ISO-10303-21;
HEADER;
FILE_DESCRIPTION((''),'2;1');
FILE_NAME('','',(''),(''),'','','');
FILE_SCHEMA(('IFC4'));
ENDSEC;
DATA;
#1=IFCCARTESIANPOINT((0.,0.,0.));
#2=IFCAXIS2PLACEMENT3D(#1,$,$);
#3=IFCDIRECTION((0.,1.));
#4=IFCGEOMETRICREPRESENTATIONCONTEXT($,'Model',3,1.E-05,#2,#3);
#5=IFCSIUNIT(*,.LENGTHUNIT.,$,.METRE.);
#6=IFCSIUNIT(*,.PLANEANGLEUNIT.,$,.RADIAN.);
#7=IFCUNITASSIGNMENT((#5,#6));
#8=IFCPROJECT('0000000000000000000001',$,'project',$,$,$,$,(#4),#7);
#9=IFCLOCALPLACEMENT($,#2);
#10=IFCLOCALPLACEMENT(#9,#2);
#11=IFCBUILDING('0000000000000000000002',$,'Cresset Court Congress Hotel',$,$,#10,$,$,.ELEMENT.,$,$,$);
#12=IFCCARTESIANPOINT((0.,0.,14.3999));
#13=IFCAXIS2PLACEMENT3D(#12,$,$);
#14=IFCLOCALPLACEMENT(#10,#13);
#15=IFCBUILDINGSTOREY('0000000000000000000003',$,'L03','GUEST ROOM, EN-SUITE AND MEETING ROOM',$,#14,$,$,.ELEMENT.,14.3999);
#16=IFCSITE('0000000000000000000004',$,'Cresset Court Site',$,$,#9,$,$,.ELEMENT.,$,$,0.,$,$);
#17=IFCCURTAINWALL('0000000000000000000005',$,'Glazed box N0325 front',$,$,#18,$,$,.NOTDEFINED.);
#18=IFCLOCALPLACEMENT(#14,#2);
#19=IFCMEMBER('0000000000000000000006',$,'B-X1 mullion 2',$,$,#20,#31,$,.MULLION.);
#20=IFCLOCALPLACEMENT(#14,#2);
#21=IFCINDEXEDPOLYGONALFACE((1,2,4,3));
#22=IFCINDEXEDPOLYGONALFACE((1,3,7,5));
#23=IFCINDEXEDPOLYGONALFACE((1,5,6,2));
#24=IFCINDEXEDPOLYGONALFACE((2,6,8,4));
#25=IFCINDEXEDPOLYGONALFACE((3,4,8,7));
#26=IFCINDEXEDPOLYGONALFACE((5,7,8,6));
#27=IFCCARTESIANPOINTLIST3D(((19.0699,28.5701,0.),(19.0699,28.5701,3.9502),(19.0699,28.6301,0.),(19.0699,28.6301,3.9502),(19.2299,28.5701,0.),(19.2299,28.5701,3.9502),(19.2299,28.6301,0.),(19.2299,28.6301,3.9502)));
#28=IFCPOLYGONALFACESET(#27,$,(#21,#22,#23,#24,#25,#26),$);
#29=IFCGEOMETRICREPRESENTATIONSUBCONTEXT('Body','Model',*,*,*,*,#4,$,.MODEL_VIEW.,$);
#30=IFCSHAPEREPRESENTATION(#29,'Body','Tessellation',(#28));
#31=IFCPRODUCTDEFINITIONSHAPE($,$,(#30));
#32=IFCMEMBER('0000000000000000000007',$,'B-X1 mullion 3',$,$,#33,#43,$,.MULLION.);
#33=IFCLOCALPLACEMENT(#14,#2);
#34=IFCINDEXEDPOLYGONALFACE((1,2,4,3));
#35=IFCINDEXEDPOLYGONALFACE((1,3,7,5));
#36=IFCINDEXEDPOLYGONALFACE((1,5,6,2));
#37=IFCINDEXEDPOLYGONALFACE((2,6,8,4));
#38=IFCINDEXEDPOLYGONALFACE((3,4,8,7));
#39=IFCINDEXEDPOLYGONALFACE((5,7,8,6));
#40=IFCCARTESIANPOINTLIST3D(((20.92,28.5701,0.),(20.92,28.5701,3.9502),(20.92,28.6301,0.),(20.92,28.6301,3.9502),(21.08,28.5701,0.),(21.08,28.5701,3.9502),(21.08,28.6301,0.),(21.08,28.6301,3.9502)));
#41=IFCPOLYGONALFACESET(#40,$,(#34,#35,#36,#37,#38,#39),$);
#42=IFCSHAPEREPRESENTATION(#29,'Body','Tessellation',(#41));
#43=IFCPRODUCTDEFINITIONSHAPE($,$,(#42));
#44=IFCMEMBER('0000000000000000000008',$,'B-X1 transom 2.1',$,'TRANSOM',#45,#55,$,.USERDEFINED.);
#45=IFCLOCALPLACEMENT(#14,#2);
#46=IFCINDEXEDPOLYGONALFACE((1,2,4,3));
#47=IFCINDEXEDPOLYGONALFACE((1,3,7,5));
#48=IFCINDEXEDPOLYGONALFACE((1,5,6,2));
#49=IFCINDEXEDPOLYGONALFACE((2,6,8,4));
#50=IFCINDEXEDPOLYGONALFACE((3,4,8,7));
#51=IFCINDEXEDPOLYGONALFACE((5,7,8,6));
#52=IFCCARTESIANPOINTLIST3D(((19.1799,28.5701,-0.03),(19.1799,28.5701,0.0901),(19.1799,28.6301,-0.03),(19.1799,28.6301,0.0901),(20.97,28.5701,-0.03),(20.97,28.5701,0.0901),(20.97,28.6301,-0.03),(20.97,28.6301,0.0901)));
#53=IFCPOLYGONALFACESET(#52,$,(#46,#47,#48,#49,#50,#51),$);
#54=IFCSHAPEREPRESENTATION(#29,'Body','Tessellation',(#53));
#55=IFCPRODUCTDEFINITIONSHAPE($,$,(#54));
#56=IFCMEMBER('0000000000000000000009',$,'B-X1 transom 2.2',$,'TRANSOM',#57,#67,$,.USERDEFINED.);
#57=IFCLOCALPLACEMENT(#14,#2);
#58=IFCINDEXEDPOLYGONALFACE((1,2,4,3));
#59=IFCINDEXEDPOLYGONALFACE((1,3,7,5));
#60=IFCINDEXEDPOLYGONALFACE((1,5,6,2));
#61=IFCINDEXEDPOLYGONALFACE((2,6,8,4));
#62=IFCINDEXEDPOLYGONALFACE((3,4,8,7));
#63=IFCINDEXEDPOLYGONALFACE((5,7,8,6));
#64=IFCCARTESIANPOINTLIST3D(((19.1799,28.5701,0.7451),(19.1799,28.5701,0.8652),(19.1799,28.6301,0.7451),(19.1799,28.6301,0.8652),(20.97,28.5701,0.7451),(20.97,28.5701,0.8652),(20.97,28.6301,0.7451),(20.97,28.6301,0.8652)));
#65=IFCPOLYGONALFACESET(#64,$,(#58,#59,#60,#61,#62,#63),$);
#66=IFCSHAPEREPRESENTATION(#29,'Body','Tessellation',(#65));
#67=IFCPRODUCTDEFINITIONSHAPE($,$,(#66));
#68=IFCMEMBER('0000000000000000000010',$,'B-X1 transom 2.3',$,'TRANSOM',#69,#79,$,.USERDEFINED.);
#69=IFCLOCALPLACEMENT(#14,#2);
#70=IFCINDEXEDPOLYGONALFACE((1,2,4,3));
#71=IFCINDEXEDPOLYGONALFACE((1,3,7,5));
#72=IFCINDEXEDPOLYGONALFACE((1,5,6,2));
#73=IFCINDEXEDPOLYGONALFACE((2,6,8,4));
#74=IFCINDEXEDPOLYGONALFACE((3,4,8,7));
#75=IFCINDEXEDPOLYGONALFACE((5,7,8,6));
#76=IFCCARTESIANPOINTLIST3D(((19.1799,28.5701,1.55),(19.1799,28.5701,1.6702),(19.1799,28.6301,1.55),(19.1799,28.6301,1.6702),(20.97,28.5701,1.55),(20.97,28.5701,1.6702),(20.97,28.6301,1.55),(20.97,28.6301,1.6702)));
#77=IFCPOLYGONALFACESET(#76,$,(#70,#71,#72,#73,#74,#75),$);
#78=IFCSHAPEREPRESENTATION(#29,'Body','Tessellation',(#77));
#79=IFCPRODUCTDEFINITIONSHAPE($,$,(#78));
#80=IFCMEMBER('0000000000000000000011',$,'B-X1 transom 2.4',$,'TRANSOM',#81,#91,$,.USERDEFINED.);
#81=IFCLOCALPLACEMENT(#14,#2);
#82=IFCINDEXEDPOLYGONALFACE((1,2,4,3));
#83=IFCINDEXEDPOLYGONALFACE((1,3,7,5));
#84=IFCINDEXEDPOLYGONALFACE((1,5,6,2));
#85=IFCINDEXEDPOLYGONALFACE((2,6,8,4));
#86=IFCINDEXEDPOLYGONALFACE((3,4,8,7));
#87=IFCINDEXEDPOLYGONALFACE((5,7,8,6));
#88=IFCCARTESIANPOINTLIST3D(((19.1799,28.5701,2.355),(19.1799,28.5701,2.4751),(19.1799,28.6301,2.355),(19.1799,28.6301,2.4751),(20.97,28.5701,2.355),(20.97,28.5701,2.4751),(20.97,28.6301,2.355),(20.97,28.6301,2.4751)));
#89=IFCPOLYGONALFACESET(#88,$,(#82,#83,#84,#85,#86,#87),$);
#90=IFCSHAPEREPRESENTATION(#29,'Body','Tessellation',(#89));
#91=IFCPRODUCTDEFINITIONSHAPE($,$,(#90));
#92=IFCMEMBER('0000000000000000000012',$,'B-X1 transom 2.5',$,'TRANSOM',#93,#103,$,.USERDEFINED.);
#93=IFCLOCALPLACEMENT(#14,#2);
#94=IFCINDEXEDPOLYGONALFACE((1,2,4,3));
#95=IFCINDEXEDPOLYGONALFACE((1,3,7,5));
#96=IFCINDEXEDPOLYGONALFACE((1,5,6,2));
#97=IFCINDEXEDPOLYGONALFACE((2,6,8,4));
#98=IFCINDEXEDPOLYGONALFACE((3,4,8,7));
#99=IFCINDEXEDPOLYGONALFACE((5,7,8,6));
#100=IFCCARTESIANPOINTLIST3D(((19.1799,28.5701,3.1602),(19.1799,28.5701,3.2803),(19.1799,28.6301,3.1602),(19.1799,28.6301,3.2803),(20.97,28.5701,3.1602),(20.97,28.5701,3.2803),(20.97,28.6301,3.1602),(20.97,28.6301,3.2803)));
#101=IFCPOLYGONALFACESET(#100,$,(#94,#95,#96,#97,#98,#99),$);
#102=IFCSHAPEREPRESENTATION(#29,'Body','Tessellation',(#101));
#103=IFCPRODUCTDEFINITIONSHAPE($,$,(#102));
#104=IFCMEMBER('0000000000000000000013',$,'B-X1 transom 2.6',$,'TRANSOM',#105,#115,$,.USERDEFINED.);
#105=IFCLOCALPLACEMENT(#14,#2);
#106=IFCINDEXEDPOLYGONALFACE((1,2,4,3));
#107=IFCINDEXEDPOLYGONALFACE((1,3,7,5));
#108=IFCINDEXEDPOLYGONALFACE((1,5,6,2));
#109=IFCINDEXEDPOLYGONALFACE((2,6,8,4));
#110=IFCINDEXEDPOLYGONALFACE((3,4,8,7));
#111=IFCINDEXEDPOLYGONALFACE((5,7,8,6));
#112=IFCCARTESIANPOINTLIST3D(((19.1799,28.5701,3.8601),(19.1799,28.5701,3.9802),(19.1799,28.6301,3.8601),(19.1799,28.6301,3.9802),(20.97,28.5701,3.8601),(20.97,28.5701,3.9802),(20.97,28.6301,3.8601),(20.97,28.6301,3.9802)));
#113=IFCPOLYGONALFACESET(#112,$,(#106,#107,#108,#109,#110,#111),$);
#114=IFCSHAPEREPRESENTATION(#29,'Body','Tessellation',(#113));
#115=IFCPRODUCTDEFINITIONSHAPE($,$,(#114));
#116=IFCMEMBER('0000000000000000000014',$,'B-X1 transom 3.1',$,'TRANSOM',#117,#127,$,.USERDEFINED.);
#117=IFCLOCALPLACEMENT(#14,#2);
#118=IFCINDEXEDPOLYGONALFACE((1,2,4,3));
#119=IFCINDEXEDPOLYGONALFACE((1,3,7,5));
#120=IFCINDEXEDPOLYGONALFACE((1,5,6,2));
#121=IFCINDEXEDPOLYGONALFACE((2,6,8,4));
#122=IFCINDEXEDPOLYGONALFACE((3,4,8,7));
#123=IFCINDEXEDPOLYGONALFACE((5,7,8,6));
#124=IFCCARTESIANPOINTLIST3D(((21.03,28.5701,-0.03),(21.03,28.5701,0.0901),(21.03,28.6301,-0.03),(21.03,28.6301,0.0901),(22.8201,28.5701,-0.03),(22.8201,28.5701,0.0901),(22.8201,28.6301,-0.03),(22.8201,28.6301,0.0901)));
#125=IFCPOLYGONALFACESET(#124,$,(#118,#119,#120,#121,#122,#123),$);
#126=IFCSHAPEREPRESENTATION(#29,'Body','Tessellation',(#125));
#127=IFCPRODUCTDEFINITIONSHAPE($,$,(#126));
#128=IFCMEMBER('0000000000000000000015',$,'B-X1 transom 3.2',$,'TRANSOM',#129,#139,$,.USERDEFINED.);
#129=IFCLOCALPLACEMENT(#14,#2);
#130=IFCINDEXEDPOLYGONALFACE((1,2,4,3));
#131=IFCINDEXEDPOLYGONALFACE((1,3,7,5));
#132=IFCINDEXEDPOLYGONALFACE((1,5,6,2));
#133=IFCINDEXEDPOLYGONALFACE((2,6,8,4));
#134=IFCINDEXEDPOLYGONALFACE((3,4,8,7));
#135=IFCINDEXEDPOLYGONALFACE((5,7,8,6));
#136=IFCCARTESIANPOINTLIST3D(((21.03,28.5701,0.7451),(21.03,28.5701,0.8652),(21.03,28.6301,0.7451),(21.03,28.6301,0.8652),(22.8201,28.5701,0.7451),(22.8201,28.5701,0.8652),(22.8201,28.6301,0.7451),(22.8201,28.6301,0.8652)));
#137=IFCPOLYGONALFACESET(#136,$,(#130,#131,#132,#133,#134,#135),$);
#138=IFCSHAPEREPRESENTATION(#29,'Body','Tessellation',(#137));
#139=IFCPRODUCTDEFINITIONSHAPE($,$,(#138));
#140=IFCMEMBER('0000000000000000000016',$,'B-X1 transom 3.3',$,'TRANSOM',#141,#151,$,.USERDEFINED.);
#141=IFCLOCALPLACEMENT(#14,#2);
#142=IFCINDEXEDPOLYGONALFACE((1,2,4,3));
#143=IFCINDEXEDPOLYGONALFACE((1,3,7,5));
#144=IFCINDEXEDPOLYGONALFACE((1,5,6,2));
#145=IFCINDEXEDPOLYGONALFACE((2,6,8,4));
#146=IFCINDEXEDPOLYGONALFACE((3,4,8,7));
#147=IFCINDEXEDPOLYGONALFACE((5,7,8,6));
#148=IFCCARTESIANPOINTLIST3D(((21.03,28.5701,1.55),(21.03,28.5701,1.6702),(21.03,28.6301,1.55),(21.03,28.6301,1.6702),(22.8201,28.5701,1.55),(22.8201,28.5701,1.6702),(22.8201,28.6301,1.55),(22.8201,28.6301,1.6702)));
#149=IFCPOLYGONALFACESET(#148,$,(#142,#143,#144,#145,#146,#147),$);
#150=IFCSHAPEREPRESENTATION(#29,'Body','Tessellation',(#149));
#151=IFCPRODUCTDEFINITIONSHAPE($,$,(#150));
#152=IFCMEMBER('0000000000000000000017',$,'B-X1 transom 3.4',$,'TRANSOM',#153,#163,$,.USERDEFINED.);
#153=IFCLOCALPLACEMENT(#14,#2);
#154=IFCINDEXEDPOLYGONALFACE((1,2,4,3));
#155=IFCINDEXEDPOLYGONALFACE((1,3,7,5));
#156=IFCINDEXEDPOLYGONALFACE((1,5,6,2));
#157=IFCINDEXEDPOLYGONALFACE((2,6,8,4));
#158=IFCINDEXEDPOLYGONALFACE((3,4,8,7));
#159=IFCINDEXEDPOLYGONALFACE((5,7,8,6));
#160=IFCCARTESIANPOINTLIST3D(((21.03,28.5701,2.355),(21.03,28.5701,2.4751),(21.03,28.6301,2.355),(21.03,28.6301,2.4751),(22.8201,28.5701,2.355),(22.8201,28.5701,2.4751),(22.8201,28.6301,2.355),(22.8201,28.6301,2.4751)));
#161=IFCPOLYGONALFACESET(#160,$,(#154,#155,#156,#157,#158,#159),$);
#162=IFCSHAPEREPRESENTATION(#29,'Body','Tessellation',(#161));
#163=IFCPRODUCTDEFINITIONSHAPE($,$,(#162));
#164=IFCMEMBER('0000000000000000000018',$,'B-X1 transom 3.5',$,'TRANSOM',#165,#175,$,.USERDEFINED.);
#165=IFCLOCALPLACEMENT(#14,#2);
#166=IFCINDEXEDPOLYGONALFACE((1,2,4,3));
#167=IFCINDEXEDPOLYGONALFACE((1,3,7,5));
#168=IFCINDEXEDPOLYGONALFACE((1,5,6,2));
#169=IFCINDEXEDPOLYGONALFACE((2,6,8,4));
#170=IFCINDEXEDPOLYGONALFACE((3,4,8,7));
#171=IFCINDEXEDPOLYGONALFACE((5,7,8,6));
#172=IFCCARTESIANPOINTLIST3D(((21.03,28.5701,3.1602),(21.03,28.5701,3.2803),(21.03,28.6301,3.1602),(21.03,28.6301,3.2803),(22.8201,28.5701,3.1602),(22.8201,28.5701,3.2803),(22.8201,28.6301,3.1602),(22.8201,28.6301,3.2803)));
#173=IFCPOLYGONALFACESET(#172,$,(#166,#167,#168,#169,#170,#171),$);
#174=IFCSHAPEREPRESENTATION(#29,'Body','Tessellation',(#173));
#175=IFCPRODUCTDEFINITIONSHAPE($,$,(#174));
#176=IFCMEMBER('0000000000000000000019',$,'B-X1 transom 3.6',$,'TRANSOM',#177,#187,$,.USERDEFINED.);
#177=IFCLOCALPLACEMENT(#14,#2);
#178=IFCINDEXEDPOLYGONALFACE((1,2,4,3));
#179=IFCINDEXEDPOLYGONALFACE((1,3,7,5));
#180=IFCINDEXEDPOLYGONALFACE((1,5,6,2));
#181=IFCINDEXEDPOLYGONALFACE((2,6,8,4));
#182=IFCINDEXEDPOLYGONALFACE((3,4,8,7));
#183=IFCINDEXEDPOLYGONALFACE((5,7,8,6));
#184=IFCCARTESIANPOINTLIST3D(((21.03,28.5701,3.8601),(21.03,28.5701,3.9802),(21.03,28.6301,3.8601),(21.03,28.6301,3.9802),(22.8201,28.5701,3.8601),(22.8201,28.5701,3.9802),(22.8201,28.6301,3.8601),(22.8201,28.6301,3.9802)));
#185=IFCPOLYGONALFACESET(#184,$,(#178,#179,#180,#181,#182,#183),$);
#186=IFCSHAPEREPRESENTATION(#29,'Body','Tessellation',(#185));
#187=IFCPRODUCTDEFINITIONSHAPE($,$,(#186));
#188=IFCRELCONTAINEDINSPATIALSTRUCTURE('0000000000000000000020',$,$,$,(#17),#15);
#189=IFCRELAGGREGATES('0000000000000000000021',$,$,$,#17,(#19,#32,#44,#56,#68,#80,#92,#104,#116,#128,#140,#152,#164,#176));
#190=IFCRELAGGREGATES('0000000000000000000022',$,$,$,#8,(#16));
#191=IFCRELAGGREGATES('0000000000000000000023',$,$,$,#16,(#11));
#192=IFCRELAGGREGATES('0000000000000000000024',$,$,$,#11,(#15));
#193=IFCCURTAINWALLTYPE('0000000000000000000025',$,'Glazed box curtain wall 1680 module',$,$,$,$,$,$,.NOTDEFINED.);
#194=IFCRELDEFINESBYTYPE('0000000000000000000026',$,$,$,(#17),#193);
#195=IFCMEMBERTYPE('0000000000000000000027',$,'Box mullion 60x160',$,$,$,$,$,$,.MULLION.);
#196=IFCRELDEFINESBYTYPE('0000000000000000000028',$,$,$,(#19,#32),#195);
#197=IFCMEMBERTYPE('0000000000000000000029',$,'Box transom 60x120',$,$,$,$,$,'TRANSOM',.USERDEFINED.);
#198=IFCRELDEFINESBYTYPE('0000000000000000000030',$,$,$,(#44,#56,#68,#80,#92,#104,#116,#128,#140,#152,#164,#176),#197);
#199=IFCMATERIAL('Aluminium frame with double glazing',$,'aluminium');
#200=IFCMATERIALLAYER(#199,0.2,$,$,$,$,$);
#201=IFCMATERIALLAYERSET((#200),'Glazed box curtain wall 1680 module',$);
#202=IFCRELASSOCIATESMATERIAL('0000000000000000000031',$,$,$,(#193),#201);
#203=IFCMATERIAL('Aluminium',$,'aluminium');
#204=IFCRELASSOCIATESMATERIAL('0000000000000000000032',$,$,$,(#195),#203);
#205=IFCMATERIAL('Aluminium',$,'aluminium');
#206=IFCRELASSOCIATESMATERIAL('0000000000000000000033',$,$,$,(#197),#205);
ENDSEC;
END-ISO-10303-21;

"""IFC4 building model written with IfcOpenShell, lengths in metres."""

from ifc_helpers import new_model, si_unit, direction, frame, origin, origin_2d, place, context, subcontext, project, spatial, rectangle, extrude, material, layer, layer_set, material_profile, profile_set, type_object, element, aggregate, save


model = new_model("IFC4")

# Units and contexts
model_context = context("Model", 3, precision=1e-05, world=origin(), true_north=direction((0.0, 1.0)))
body_context = subcontext(model_context, "Body", "Model", "MODEL_VIEW")
ifc_project = project(units=[si_unit("LENGTHUNIT", "METRE"), si_unit("PLANEANGLEUNIT", "RADIAN")], contexts=[model_context])

# Site, building, storey
site_placement = place(None, origin())
site = spatial("IfcSite", under=ifc_project, at=site_placement, Name="Cresset Court Site", CompositionType="ELEMENT", RefElevation=0.0)
building_placement = place(site_placement, origin())
building = spatial("IfcBuilding", under=site, at=building_placement, Name="Cresset Court Congress Hotel", CompositionType="ELEMENT")
storey_placement = place(building_placement, frame((0.0, 0.0, 14.3999)))
storey = spatial("IfcBuildingStorey", under=building, at=storey_placement, Name="L03", Description="GUEST ROOM, EN-SUITE AND MEETING ROOM", CompositionType="ELEMENT", Elevation=14.3999)

# Curtain wall, members
ifc_material_1 = material(Name="Aluminium frame with double glazing", Category="aluminium")
ifc_layer_1 = layer(ifc_material_1, 0.2)
ifc_layer_set_1 = layer_set([ifc_layer_1], Name="Glazed box curtain wall 1680 module")
curtain_wall_type = type_object("IfcCurtainWallType", Name="Glazed box curtain wall 1680 module", PredefinedType="NOTDEFINED", material=ifc_layer_set_1)
curtain_wall_placement = place(storey_placement, origin())
curtain_wall = element("IfcCurtainWall", 1, at=curtain_wall_placement, inside=storey, type_object=curtain_wall_type, Name="Glazed box N0325 front", PredefinedType="NOTDEFINED")
ifc_material_2 = material(Name="Aluminium", Category="aluminium")
ifc_material_profile_1 = material_profile(ifc_material_2, rectangle(XDim=0.0601, YDim=0.1599, at=origin_2d()), Name="Box mullion 60x160")
ifc_profile_set_1 = profile_set([ifc_material_profile_1], Name="Aluminium")
member_type_1 = type_object("IfcMemberType", Name="Box mullion 60x160", PredefinedType="MULLION", material=ifc_profile_set_1)
member_1_placement = place(storey_placement, frame((19.1499, 28.6001, 0.0), z_axis=(0.0, 0.0, 1.0), x_axis=(0.0, 1.0, 0.0)))
member_1 = element("IfcMember", 2, at=member_1_placement, type_object=member_type_1, Name="B-X1 mullion 2", PredefinedType="MULLION", context=body_context, shape_type="SweptSolid", body=[
    extrude(rectangle(XDim=0.0601, YDim=0.1599, at=origin_2d()), origin(), (0.0, 0.0, 1.0), 3.9502),
])
member_2_placement = place(storey_placement, frame((21.0, 28.6001, 0.0), z_axis=(0.0, 0.0, 1.0), x_axis=(0.0, 1.0, 0.0)))
member_2 = element("IfcMember", 3, at=member_2_placement, type_object=member_type_1, Name="B-X1 mullion 3", PredefinedType="MULLION", context=body_context, shape_type="SweptSolid", body=[
    extrude(rectangle(XDim=0.0601, YDim=0.1599, at=origin_2d()), origin(), (0.0, 0.0, 1.0), 3.9502),
])
ifc_material_3 = material(Name="Aluminium", Category="aluminium")
ifc_material_profile_2 = material_profile(ifc_material_3, rectangle(XDim=0.0601, YDim=0.1201, at=origin_2d()), Name="Box transom 60x120")
ifc_profile_set_2 = profile_set([ifc_material_profile_2], Name="Aluminium")
member_type_2 = type_object("IfcMemberType", Name="Box transom 60x120", ElementType="TRANSOM", PredefinedType="USERDEFINED", material=ifc_profile_set_2)
member_3_placement = place(storey_placement, frame((19.1799, 28.6001, 0.03), z_axis=(1.0, 0.0, 0.0), x_axis=(0.0, 1.0, 0.0)))
member_3 = element("IfcMember", 4, at=member_3_placement, type_object=member_type_2, Name="B-X1 transom 2.1", ObjectType="TRANSOM", PredefinedType="USERDEFINED", context=body_context, shape_type="SweptSolid", body=[
    extrude(rectangle(XDim=0.0601, YDim=0.1201, at=origin_2d()), origin(), (0.0, 0.0, 1.0), 1.79),
])
member_4_placement = place(storey_placement, frame((19.1799, 28.6001, 0.8052), z_axis=(1.0, 0.0, 0.0), x_axis=(0.0, 1.0, 0.0)))
member_4 = element("IfcMember", 5, at=member_4_placement, type_object=member_type_2, Name="B-X1 transom 2.2", ObjectType="TRANSOM", PredefinedType="USERDEFINED", context=body_context, shape_type="SweptSolid", body=[
    extrude(rectangle(XDim=0.0601, YDim=0.1201, at=origin_2d()), origin(), (0.0, 0.0, 1.0), 1.79),
])
member_5_placement = place(storey_placement, frame((19.1799, 28.6001, 1.6101), z_axis=(1.0, 0.0, 0.0), x_axis=(0.0, 1.0, 0.0)))
member_5 = element("IfcMember", 6, at=member_5_placement, type_object=member_type_2, Name="B-X1 transom 2.3", ObjectType="TRANSOM", PredefinedType="USERDEFINED", context=body_context, shape_type="SweptSolid", body=[
    extrude(rectangle(XDim=0.0601, YDim=0.1201, at=origin_2d()), origin(), (0.0, 0.0, 1.0), 1.79),
])
member_6_placement = place(storey_placement, frame((19.1799, 28.6001, 2.415), z_axis=(1.0, 0.0, 0.0), x_axis=(0.0, 1.0, 0.0)))
member_6 = element("IfcMember", 7, at=member_6_placement, type_object=member_type_2, Name="B-X1 transom 2.4", ObjectType="TRANSOM", PredefinedType="USERDEFINED", context=body_context, shape_type="SweptSolid", body=[
    extrude(rectangle(XDim=0.0601, YDim=0.1201, at=origin_2d()), origin(), (0.0, 0.0, 1.0), 1.79),
])
member_7_placement = place(storey_placement, frame((19.1799, 28.6001, 3.2202), z_axis=(1.0, 0.0, 0.0), x_axis=(0.0, 1.0, 0.0)))
member_7 = element("IfcMember", 8, at=member_7_placement, type_object=member_type_2, Name="B-X1 transom 2.5", ObjectType="TRANSOM", PredefinedType="USERDEFINED", context=body_context, shape_type="SweptSolid", body=[
    extrude(rectangle(XDim=0.0601, YDim=0.1201, at=origin_2d()), origin(), (0.0, 0.0, 1.0), 1.79),
])
member_8_placement = place(storey_placement, frame((19.1799, 28.6001, 3.9202), z_axis=(1.0, 0.0, 0.0), x_axis=(0.0, 1.0, 0.0)))
member_8 = element("IfcMember", 9, at=member_8_placement, type_object=member_type_2, Name="B-X1 transom 2.6", ObjectType="TRANSOM", PredefinedType="USERDEFINED", context=body_context, shape_type="SweptSolid", body=[
    extrude(rectangle(XDim=0.0601, YDim=0.1201, at=origin_2d()), origin(), (0.0, 0.0, 1.0), 1.79),
])
member_9_placement = place(storey_placement, frame((21.03, 28.6001, 0.03), z_axis=(1.0, 0.0, 0.0), x_axis=(0.0, 1.0, 0.0)))
member_9 = element("IfcMember", 10, at=member_9_placement, type_object=member_type_2, Name="B-X1 transom 3.1", ObjectType="TRANSOM", PredefinedType="USERDEFINED", context=body_context, shape_type="SweptSolid", body=[
    extrude(rectangle(XDim=0.0601, YDim=0.1201, at=origin_2d()), origin(), (0.0, 0.0, 1.0), 1.79),
])
member_10_placement = place(storey_placement, frame((21.03, 28.6001, 0.8052), z_axis=(1.0, 0.0, 0.0), x_axis=(0.0, 1.0, 0.0)))
member_10 = element("IfcMember", 11, at=member_10_placement, type_object=member_type_2, Name="B-X1 transom 3.2", ObjectType="TRANSOM", PredefinedType="USERDEFINED", context=body_context, shape_type="SweptSolid", body=[
    extrude(rectangle(XDim=0.0601, YDim=0.1201, at=origin_2d()), origin(), (0.0, 0.0, 1.0), 1.79),
])
member_11_placement = place(storey_placement, frame((21.03, 28.6001, 1.6101), z_axis=(1.0, 0.0, 0.0), x_axis=(0.0, 1.0, 0.0)))
member_11 = element("IfcMember", 12, at=member_11_placement, type_object=member_type_2, Name="B-X1 transom 3.3", ObjectType="TRANSOM", PredefinedType="USERDEFINED", context=body_context, shape_type="SweptSolid", body=[
    extrude(rectangle(XDim=0.0601, YDim=0.1201, at=origin_2d()), origin(), (0.0, 0.0, 1.0), 1.79),
])
member_12_placement = place(storey_placement, frame((21.03, 28.6001, 2.415), z_axis=(1.0, 0.0, 0.0), x_axis=(0.0, 1.0, 0.0)))
member_12 = element("IfcMember", 13, at=member_12_placement, type_object=member_type_2, Name="B-X1 transom 3.4", ObjectType="TRANSOM", PredefinedType="USERDEFINED", context=body_context, shape_type="SweptSolid", body=[
    extrude(rectangle(XDim=0.0601, YDim=0.1201, at=origin_2d()), origin(), (0.0, 0.0, 1.0), 1.79),
])
member_13_placement = place(storey_placement, frame((21.03, 28.6001, 3.2202), z_axis=(1.0, 0.0, 0.0), x_axis=(0.0, 1.0, 0.0)))
member_13 = element("IfcMember", 14, at=member_13_placement, type_object=member_type_2, Name="B-X1 transom 3.5", ObjectType="TRANSOM", PredefinedType="USERDEFINED", context=body_context, shape_type="SweptSolid", body=[
    extrude(rectangle(XDim=0.0601, YDim=0.1201, at=origin_2d()), origin(), (0.0, 0.0, 1.0), 1.79),
])
member_14_placement = place(storey_placement, frame((21.03, 28.6001, 3.9202), z_axis=(1.0, 0.0, 0.0), x_axis=(0.0, 1.0, 0.0)))
member_14 = element("IfcMember", 15, at=member_14_placement, type_object=member_type_2, Name="B-X1 transom 3.6", ObjectType="TRANSOM", PredefinedType="USERDEFINED", context=body_context, shape_type="SweptSolid", body=[
    extrude(rectangle(XDim=0.0601, YDim=0.1201, at=origin_2d()), origin(), (0.0, 0.0, 1.0), 1.79),
])
aggregate(curtain_wall, [member_1, member_2, member_3, member_4, member_5, member_6, member_7, member_8, member_9, member_10, member_11, member_12, member_13, member_14])

save(model, "model.ifc")
